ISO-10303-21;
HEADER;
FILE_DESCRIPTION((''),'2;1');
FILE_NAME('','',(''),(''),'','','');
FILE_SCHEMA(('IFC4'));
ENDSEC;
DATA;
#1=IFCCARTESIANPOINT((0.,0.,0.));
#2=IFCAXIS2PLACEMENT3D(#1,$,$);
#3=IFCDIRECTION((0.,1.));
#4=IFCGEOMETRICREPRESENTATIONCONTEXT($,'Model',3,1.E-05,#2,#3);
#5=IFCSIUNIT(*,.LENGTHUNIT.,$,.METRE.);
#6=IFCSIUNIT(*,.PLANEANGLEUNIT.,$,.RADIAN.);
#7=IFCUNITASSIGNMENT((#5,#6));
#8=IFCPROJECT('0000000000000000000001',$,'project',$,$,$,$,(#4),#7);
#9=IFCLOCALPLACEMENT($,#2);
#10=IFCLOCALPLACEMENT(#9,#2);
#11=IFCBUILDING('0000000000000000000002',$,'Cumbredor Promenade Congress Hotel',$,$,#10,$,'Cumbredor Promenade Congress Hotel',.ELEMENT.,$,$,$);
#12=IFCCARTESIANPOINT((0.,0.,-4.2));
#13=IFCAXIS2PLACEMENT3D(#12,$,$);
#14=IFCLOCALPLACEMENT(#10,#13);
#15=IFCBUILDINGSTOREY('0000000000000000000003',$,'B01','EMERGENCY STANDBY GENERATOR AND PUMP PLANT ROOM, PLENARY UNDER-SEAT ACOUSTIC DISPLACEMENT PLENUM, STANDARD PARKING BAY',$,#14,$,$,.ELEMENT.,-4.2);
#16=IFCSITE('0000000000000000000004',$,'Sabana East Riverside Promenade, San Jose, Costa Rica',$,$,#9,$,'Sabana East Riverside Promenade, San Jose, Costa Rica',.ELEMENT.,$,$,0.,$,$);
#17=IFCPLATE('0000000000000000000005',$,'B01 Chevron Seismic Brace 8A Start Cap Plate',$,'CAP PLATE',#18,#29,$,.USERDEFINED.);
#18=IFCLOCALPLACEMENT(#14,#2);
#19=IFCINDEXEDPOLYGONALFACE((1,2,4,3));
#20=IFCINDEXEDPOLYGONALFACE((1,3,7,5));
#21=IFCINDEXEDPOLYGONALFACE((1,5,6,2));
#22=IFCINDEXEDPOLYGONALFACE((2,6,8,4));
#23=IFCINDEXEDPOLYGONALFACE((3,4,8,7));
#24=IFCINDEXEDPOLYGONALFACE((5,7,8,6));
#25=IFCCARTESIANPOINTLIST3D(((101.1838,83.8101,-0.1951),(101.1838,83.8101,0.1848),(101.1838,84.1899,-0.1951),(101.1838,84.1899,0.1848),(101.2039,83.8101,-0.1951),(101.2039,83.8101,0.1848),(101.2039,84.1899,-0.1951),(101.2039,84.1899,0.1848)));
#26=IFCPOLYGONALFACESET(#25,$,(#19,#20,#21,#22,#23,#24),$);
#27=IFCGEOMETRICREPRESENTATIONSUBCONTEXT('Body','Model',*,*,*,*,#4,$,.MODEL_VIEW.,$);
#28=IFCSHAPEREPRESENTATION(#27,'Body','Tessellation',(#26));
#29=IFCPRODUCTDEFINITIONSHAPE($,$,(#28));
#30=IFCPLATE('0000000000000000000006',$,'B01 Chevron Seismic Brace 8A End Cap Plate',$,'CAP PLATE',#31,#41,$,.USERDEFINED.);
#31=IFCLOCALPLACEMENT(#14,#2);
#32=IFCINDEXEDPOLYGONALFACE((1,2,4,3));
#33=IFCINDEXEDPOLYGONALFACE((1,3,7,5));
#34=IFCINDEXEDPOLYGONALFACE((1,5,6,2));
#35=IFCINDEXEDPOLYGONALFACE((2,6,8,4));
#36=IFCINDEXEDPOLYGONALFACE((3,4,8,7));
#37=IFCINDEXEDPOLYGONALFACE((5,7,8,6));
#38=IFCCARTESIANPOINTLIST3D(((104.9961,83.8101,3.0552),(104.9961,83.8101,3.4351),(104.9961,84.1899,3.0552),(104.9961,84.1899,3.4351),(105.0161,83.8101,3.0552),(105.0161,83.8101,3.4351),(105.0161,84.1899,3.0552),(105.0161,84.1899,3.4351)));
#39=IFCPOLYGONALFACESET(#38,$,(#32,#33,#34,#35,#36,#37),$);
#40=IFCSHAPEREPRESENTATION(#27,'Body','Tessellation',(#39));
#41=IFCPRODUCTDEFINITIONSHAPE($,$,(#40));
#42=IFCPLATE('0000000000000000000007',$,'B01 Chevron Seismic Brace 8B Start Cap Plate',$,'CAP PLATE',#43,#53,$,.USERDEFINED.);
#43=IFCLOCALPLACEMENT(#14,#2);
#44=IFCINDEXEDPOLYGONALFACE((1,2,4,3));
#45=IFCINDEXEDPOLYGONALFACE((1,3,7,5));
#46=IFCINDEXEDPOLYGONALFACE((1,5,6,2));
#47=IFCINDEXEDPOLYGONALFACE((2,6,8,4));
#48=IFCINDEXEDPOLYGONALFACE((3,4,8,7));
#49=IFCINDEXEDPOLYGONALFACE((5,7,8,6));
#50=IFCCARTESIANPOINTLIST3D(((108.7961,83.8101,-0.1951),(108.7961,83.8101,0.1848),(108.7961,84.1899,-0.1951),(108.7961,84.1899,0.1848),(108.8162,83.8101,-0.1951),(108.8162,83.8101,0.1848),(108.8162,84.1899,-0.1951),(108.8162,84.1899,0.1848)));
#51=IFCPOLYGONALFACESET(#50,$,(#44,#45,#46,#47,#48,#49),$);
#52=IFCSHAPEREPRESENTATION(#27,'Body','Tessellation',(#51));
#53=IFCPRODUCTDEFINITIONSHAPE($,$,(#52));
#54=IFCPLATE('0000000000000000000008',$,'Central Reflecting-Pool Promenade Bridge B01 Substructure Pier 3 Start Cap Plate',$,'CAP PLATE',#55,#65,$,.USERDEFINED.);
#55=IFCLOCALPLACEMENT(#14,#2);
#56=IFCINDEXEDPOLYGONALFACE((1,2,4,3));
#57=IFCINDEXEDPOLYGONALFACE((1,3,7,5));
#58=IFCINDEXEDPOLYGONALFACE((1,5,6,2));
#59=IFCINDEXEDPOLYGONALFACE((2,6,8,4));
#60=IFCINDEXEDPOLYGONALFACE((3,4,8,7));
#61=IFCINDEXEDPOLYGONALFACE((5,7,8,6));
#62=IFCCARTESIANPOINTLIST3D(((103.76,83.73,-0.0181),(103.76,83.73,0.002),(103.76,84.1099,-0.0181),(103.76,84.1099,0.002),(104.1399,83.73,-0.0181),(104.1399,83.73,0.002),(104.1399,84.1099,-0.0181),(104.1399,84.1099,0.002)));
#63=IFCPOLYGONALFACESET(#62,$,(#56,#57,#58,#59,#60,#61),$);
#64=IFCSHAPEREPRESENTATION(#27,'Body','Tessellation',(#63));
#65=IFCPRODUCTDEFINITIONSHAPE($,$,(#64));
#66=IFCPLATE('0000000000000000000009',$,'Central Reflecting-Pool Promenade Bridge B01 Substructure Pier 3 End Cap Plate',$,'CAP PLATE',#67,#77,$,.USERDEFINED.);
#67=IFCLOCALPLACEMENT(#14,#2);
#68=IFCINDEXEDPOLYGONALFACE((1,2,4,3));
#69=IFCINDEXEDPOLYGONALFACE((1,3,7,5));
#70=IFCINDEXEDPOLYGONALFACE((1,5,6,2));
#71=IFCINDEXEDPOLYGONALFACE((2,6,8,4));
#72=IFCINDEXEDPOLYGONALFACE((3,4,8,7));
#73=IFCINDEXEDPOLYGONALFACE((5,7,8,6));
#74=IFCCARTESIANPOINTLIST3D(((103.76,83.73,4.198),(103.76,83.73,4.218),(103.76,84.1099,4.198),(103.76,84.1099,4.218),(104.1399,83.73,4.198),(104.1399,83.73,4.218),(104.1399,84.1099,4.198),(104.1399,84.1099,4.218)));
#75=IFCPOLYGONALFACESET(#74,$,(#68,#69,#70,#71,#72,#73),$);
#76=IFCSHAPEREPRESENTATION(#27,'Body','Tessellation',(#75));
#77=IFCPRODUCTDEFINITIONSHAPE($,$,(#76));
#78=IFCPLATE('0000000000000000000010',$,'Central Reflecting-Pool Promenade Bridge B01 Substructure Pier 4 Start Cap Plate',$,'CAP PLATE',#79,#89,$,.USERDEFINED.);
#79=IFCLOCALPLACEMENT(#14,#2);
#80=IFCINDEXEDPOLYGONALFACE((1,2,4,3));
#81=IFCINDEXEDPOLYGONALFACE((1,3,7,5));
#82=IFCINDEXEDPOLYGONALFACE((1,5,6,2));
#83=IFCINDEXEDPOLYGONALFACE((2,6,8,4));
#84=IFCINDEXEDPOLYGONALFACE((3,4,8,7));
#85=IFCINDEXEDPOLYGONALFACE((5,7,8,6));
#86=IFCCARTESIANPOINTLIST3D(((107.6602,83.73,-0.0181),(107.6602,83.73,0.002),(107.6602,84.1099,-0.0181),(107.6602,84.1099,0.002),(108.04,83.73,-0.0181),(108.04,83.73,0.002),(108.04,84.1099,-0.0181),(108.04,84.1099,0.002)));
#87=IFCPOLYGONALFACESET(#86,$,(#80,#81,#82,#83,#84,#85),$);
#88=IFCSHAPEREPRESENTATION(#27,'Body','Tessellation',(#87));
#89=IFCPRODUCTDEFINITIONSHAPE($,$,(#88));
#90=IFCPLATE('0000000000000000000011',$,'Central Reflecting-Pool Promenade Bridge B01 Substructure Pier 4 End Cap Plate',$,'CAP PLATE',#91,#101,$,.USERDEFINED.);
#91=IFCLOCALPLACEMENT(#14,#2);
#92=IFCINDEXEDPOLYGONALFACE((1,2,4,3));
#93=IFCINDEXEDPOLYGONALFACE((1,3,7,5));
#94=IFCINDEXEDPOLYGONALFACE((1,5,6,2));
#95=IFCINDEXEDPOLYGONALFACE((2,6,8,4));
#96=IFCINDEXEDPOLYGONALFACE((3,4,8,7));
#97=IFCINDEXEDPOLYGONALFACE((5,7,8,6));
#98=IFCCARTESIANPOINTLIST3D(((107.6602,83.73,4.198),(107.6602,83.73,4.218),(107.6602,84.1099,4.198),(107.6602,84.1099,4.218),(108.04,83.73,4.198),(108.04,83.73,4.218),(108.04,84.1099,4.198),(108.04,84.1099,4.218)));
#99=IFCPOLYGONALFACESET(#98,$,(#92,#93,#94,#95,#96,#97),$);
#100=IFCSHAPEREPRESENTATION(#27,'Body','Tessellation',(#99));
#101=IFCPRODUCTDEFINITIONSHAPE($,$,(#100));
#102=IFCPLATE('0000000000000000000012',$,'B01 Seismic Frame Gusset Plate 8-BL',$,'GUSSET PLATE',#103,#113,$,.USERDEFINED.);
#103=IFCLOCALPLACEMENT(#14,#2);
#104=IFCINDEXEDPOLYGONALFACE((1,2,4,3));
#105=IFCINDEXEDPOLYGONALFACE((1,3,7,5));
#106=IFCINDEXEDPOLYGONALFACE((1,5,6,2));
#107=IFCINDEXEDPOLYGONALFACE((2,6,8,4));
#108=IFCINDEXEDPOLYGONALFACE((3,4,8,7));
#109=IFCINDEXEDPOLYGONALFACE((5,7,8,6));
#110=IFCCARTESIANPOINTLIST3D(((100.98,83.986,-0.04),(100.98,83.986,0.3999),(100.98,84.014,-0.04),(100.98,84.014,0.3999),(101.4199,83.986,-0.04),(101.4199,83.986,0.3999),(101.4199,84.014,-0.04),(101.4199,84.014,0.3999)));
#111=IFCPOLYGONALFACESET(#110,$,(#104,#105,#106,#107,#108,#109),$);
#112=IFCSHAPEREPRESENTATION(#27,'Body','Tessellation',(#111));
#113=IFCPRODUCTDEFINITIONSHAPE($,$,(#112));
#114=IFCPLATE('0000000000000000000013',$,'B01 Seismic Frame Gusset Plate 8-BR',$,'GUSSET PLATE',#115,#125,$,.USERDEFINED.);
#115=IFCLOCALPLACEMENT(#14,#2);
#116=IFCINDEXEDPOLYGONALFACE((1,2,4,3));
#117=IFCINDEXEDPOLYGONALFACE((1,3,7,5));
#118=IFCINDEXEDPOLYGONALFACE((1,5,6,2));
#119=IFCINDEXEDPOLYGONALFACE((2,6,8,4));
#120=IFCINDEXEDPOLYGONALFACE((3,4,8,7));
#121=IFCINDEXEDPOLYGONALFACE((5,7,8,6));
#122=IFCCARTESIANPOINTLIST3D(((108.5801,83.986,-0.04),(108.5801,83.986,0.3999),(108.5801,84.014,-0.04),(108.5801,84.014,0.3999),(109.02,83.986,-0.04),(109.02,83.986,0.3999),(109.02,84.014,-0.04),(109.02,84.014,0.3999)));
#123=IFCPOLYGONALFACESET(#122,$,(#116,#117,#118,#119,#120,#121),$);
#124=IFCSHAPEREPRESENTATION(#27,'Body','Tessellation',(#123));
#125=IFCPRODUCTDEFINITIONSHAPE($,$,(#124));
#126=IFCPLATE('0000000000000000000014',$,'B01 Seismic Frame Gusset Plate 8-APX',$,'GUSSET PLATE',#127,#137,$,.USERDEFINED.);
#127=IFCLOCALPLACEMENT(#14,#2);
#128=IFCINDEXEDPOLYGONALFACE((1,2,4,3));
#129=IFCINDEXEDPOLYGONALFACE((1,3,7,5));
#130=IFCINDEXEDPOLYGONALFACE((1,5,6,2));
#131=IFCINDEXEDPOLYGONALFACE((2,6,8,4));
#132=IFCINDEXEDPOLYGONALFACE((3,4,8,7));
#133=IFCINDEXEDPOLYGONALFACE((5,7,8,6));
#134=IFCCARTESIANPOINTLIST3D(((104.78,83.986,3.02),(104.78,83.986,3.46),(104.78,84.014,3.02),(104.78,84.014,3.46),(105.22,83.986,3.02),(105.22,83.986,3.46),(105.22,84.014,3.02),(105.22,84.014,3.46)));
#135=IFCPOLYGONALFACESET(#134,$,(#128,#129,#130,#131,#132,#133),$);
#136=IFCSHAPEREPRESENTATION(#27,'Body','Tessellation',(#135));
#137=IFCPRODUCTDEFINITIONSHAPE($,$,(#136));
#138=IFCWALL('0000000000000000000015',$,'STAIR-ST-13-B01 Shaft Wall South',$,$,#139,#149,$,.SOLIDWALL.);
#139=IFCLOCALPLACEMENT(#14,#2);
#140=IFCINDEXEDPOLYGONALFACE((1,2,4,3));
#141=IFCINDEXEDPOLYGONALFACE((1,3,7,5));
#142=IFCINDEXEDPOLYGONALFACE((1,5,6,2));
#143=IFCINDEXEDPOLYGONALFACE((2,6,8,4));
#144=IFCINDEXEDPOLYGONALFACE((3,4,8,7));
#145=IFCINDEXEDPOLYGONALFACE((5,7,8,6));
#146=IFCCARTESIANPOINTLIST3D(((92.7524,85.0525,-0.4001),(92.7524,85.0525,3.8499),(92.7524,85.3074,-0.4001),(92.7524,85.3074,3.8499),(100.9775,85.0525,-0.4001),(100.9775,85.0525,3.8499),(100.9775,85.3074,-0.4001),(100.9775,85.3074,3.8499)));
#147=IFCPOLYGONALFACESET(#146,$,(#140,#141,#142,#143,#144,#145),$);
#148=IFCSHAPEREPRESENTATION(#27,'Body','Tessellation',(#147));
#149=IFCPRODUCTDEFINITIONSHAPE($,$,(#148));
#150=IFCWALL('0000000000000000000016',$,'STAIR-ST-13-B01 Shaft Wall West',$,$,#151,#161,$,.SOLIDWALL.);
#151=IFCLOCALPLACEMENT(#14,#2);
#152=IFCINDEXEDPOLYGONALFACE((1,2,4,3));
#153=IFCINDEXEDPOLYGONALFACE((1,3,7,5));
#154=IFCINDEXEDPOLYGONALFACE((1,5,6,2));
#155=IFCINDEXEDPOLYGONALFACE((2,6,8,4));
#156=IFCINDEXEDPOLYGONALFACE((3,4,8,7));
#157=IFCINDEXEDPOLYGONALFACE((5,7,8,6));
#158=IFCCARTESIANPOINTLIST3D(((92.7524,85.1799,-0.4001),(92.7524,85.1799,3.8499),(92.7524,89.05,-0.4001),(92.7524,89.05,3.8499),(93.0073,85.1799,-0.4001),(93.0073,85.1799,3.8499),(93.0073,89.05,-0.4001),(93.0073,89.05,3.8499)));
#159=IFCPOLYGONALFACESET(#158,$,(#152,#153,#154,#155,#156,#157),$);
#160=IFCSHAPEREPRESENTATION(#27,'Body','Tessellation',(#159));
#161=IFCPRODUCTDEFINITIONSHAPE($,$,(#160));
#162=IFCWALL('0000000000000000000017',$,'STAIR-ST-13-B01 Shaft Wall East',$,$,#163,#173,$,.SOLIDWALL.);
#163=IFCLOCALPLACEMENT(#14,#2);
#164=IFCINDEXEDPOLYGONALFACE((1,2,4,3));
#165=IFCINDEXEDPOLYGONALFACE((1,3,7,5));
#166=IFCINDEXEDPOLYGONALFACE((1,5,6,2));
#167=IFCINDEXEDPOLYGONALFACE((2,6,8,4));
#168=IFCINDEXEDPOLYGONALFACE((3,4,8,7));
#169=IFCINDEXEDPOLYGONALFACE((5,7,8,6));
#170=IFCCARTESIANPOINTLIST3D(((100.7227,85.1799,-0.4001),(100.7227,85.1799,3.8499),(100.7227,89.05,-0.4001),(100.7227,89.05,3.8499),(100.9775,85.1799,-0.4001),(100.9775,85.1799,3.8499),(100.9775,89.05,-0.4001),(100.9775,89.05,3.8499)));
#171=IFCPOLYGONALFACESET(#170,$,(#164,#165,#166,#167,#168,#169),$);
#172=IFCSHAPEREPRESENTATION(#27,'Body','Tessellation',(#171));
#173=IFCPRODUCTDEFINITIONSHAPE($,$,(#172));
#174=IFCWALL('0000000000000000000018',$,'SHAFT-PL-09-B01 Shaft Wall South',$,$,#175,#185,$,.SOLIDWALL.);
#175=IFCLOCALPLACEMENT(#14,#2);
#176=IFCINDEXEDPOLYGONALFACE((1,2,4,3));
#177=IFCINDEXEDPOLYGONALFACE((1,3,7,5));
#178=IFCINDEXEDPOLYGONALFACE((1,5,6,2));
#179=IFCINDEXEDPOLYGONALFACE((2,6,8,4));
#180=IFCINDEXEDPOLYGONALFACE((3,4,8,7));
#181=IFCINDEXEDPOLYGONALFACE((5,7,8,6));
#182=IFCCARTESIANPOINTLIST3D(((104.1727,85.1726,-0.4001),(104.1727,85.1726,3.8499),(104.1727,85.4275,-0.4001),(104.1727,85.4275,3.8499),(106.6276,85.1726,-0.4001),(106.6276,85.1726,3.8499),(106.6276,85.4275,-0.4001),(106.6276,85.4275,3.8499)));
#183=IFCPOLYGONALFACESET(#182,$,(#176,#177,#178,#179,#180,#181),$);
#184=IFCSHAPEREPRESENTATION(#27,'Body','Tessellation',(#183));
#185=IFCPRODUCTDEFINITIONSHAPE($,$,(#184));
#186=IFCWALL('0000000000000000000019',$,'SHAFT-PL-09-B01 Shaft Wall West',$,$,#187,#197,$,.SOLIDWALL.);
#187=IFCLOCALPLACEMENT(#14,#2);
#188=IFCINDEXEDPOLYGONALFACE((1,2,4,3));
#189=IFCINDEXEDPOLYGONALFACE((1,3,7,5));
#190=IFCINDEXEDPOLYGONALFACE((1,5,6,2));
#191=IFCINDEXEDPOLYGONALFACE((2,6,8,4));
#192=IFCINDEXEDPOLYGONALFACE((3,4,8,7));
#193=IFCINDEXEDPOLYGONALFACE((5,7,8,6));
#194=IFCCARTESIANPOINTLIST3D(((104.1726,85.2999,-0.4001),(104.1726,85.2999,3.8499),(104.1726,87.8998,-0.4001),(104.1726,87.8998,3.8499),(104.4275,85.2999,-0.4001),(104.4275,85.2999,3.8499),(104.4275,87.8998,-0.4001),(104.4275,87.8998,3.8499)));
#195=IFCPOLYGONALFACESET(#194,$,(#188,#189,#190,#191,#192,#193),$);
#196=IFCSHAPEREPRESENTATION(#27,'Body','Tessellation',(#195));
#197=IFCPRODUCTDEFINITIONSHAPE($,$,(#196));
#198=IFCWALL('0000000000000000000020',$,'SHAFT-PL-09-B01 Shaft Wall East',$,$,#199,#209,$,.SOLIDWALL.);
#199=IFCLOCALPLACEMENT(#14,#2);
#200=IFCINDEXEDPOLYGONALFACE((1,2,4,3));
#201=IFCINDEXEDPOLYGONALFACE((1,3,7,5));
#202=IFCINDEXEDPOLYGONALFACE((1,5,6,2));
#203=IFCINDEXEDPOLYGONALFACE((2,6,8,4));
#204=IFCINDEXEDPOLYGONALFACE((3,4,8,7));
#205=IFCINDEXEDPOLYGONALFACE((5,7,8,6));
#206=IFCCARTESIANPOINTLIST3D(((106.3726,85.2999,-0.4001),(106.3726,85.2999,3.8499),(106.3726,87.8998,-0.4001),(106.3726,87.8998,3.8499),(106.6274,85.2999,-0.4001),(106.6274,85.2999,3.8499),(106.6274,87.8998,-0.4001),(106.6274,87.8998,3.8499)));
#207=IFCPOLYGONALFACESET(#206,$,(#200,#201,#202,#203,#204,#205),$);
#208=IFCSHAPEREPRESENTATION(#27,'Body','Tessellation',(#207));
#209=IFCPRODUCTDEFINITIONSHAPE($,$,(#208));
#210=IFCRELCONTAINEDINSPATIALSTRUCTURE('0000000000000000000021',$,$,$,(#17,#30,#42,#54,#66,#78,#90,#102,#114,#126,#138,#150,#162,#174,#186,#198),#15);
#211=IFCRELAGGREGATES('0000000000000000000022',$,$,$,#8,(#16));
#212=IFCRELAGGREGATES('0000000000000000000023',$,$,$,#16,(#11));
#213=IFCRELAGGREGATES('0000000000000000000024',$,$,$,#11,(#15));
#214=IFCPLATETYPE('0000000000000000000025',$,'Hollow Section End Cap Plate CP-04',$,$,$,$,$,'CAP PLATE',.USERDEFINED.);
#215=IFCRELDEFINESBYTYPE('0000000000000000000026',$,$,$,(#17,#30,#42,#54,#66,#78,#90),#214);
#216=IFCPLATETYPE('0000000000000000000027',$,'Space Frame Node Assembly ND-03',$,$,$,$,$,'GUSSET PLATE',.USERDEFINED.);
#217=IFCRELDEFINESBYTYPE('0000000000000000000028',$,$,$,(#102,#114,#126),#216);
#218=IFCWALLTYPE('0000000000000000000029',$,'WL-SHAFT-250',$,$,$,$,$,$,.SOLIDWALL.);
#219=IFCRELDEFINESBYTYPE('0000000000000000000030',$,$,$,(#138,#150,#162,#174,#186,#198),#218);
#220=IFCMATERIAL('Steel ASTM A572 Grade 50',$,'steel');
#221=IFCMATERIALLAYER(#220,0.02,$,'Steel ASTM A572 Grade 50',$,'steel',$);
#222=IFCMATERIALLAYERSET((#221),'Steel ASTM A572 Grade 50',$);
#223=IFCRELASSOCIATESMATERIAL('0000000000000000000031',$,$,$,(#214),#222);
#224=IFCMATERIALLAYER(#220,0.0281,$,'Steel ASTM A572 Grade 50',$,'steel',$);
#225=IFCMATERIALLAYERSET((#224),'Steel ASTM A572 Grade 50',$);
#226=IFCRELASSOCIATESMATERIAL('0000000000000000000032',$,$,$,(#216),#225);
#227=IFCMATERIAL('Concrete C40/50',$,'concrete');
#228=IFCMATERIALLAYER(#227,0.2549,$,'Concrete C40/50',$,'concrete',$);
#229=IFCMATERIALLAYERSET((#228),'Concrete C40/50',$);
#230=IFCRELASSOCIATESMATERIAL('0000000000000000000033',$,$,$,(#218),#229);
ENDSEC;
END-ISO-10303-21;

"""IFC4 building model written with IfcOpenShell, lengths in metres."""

from ifc_helpers import new_model, si_unit, direction, frame, frame_2d, origin, origin_2d, place, context, subcontext, project, spatial, rectangle, extrude, material, layer, layer_set, type_object, element, save


model = new_model("IFC4")

# Units and contexts
model_context = context("Model", 3, precision=1e-05, world=origin(), true_north=direction((0.0, 1.0)))
body_context = subcontext(model_context, "Body", "Model", "MODEL_VIEW")
ifc_project = project(units=[si_unit("LENGTHUNIT", "METRE"), si_unit("PLANEANGLEUNIT", "RADIAN")], contexts=[model_context])

# Site, building, storey
site_placement = place(None, origin())
site = spatial("IfcSite", under=ifc_project, at=site_placement, Name="Sabana East Riverside Promenade, San Jose, Costa Rica", LongName="Sabana East Riverside Promenade, San Jose, Costa Rica", CompositionType="ELEMENT", RefElevation=0.0)
building_placement = place(site_placement, origin())
building = spatial("IfcBuilding", under=site, at=building_placement, Name="Cumbredor Promenade Congress Hotel", LongName="Cumbredor Promenade Congress Hotel", CompositionType="ELEMENT")
storey_placement = place(building_placement, frame((0.0, 0.0, -4.2)))
storey = spatial("IfcBuildingStorey", under=building, at=storey_placement, Name="B01", Description="EMERGENCY STANDBY GENERATOR AND PUMP PLANT ROOM, PLENARY UNDER-SEAT ACOUSTIC DISPLACEMENT PLENUM, STANDARD PARKING BAY", CompositionType="ELEMENT", Elevation=-4.2)

# Shared definitions
ifc_material_1 = material(Name="Concrete C40/50", Category="concrete")

# Plates
ifc_material_2 = material(Name="Steel ASTM A572 Grade 50", Category="steel")
ifc_layer_1 = layer(ifc_material_2, 0.02, Name="Steel ASTM A572 Grade 50", Category="steel")
ifc_layer_set_1 = layer_set([ifc_layer_1], Name="Steel ASTM A572 Grade 50")
plate_type_1 = type_object("IfcPlateType", Name="Hollow Section End Cap Plate CP-04", ElementType="CAP PLATE", PredefinedType="USERDEFINED", material=ifc_layer_set_1)
for number, where, z_axis, x_axis, name in (
    (1, (101.1938, 84.0, -0.1951), (0.0, 0.0, 1.0), (1.0, 0.0, 0.0), "B01 Chevron Seismic Brace 8A Start Cap Plate"),
    (2, (105.0061, 84.0, 3.0552), (0.0, 0.0, 1.0), (1.0, 0.0, 0.0), "B01 Chevron Seismic Brace 8A End Cap Plate"),
    (3, (108.8062, 84.0, -0.1951), (0.0, 0.0, 1.0), (-1.0, 0.0, 0.0), "B01 Chevron Seismic Brace 8B Start Cap Plate"),
):
    element("IfcPlate", number, at=place(storey_placement, frame(where, z_axis=z_axis, x_axis=x_axis)), inside=storey, type_object=plate_type_1, Name=name, ObjectType="CAP PLATE", PredefinedType="USERDEFINED", context=body_context, shape_type="SweptSolid", body=[
        extrude(rectangle(XDim=0.02, YDim=0.3799, at=origin_2d()), origin(), (0.0, 0.0, 1.0), 0.3799),
    ])
for number, where, z_axis, x_axis, name in (
    (4, (103.95, 83.9199, -0.0181), (0.0, 0.0, 1.0), (1.0, 0.0, 0.0), "Central Reflecting-Pool Promenade Bridge B01 Substructure Pier 3 Start Cap Plate"),
    (5, (103.95, 83.9199, 4.198), (0.0, 0.0, 1.0), (1.0, 0.0, 0.0), "Central Reflecting-Pool Promenade Bridge B01 Substructure Pier 3 End Cap Plate"),
    (6, (107.8501, 83.9199, -0.0181), (0.0, 0.0, 1.0), (1.0, 0.0, 0.0), "Central Reflecting-Pool Promenade Bridge B01 Substructure Pier 4 Start Cap Plate"),
    (7, (107.8501, 83.9199, 4.198), (0.0, 0.0, 1.0), (1.0, 0.0, 0.0), "Central Reflecting-Pool Promenade Bridge B01 Substructure Pier 4 End Cap Plate"),
):
    element("IfcPlate", number, at=place(storey_placement, frame(where, z_axis=z_axis, x_axis=x_axis)), inside=storey, type_object=plate_type_1, Name=name, ObjectType="CAP PLATE", PredefinedType="USERDEFINED", context=body_context, shape_type="SweptSolid", body=[
        extrude(rectangle(XDim=0.3799, YDim=0.3799, at=origin_2d()), origin(), (0.0, 0.0, 1.0), 0.02),
    ])
ifc_layer_2 = layer(ifc_material_2, 0.0281, Name="Steel ASTM A572 Grade 50", Category="steel")
ifc_layer_set_2 = layer_set([ifc_layer_2], Name="Steel ASTM A572 Grade 50")
plate_type_2 = type_object("IfcPlateType", Name="Space Frame Node Assembly ND-03", ElementType="GUSSET PLATE", PredefinedType="USERDEFINED", material=ifc_layer_set_2)
for number, where, z_axis, x_axis, name in (
    (8, (101.2, 84.0, -0.04), (0.0, 0.0, 1.0), (1.0, 0.0, 0.0), "B01 Seismic Frame Gusset Plate 8-BL"),
    (9, (108.8, 84.0, -0.04), (0.0, 0.0, 1.0), (1.0, 0.0, 0.0), "B01 Seismic Frame Gusset Plate 8-BR"),
    (10, (105.0, 84.0, 3.02), (0.0, 0.0, 1.0), (1.0, 0.0, 0.0), "B01 Seismic Frame Gusset Plate 8-APX"),
):
    element("IfcPlate", number, at=place(storey_placement, frame(where, z_axis=z_axis, x_axis=x_axis)), inside=storey, type_object=plate_type_2, Name=name, ObjectType="GUSSET PLATE", PredefinedType="USERDEFINED", context=body_context, shape_type="SweptSolid", body=[
        extrude(rectangle(XDim=0.4399, YDim=0.0281, at=origin_2d()), origin(), (0.0, 0.0, 1.0), 0.4399),
    ])

# Walls
ifc_layer_3 = layer(ifc_material_1, 0.2549, Name="Concrete C40/50", Category="concrete")
ifc_layer_set_3 = layer_set([ifc_layer_3], Name="Concrete C40/50")
wall_type = type_object("IfcWallType", Name="WL-SHAFT-250", PredefinedType="SOLIDWALL", material=ifc_layer_set_3)
wall_1_placement = place(storey_placement, frame((92.7524, 85.1799, -0.4001), z_axis=(0.0, 0.0, 1.0), x_axis=(1.0, 0.0, 0.0)))
element("IfcWall", 11, at=wall_1_placement, inside=storey, type_object=wall_type, Name="STAIR-ST-13-B01 Shaft Wall South", PredefinedType="SOLIDWALL", context=body_context, shape_type="SweptSolid", body=[
    extrude(rectangle(XDim=8.2251, YDim=0.2549, at=frame_2d((4.1125, 0.0))), origin(), (0.0, 0.0, 1.0), 4.25),
])
for number, where, z_axis, x_axis, name in (
    (12, (92.8799, 85.1799, -0.4001), (0.0, 0.0, 1.0), (0.0, 1.0, 0.0), "STAIR-ST-13-B01 Shaft Wall West"),
    (13, (100.8501, 85.1799, -0.4001), (0.0, 0.0, 1.0), (0.0, 1.0, 0.0), "STAIR-ST-13-B01 Shaft Wall East"),
):
    element("IfcWall", number, at=place(storey_placement, frame(where, z_axis=z_axis, x_axis=x_axis)), inside=storey, type_object=wall_type, Name=name, PredefinedType="SOLIDWALL", context=body_context, shape_type="SweptSolid", body=[
        extrude(rectangle(XDim=3.8701, YDim=0.2549, at=frame_2d((1.9351, 0.0))), origin(), (0.0, 0.0, 1.0), 4.25),
    ])
wall_2_placement = place(storey_placement, frame((104.1726, 85.3, -0.4001), z_axis=(0.0, 0.0, 1.0), x_axis=(1.0, 0.0, 0.0)))
element("IfcWall", 14, at=wall_2_placement, inside=storey, type_object=wall_type, Name="SHAFT-PL-09-B01 Shaft Wall South", PredefinedType="SOLIDWALL", context=body_context, shape_type="SweptSolid", body=[
    extrude(rectangle(XDim=2.4548, YDim=0.2549, at=frame_2d((1.2275, 0.0))), origin(), (0.0, 0.0, 1.0), 4.25),
])
for number, where, z_axis, x_axis, name in (
    (15, (104.3, 85.3, -0.4001), (0.0, 0.0, 1.0), (0.0, 1.0, 0.0), "SHAFT-PL-09-B01 Shaft Wall West"),
    (16, (106.5, 85.3, -0.4001), (0.0, 0.0, 1.0), (0.0, 1.0, 0.0), "SHAFT-PL-09-B01 Shaft Wall East"),
):
    element("IfcWall", number, at=place(storey_placement, frame(where, z_axis=z_axis, x_axis=x_axis)), inside=storey, type_object=wall_type, Name=name, PredefinedType="SOLIDWALL", context=body_context, shape_type="SweptSolid", body=[
        extrude(rectangle(XDim=2.5999, YDim=0.2549, at=frame_2d((1.2998, 0.0))), origin(), (0.0, 0.0, 1.0), 4.25),
    ])

save(model, "model.ifc")
